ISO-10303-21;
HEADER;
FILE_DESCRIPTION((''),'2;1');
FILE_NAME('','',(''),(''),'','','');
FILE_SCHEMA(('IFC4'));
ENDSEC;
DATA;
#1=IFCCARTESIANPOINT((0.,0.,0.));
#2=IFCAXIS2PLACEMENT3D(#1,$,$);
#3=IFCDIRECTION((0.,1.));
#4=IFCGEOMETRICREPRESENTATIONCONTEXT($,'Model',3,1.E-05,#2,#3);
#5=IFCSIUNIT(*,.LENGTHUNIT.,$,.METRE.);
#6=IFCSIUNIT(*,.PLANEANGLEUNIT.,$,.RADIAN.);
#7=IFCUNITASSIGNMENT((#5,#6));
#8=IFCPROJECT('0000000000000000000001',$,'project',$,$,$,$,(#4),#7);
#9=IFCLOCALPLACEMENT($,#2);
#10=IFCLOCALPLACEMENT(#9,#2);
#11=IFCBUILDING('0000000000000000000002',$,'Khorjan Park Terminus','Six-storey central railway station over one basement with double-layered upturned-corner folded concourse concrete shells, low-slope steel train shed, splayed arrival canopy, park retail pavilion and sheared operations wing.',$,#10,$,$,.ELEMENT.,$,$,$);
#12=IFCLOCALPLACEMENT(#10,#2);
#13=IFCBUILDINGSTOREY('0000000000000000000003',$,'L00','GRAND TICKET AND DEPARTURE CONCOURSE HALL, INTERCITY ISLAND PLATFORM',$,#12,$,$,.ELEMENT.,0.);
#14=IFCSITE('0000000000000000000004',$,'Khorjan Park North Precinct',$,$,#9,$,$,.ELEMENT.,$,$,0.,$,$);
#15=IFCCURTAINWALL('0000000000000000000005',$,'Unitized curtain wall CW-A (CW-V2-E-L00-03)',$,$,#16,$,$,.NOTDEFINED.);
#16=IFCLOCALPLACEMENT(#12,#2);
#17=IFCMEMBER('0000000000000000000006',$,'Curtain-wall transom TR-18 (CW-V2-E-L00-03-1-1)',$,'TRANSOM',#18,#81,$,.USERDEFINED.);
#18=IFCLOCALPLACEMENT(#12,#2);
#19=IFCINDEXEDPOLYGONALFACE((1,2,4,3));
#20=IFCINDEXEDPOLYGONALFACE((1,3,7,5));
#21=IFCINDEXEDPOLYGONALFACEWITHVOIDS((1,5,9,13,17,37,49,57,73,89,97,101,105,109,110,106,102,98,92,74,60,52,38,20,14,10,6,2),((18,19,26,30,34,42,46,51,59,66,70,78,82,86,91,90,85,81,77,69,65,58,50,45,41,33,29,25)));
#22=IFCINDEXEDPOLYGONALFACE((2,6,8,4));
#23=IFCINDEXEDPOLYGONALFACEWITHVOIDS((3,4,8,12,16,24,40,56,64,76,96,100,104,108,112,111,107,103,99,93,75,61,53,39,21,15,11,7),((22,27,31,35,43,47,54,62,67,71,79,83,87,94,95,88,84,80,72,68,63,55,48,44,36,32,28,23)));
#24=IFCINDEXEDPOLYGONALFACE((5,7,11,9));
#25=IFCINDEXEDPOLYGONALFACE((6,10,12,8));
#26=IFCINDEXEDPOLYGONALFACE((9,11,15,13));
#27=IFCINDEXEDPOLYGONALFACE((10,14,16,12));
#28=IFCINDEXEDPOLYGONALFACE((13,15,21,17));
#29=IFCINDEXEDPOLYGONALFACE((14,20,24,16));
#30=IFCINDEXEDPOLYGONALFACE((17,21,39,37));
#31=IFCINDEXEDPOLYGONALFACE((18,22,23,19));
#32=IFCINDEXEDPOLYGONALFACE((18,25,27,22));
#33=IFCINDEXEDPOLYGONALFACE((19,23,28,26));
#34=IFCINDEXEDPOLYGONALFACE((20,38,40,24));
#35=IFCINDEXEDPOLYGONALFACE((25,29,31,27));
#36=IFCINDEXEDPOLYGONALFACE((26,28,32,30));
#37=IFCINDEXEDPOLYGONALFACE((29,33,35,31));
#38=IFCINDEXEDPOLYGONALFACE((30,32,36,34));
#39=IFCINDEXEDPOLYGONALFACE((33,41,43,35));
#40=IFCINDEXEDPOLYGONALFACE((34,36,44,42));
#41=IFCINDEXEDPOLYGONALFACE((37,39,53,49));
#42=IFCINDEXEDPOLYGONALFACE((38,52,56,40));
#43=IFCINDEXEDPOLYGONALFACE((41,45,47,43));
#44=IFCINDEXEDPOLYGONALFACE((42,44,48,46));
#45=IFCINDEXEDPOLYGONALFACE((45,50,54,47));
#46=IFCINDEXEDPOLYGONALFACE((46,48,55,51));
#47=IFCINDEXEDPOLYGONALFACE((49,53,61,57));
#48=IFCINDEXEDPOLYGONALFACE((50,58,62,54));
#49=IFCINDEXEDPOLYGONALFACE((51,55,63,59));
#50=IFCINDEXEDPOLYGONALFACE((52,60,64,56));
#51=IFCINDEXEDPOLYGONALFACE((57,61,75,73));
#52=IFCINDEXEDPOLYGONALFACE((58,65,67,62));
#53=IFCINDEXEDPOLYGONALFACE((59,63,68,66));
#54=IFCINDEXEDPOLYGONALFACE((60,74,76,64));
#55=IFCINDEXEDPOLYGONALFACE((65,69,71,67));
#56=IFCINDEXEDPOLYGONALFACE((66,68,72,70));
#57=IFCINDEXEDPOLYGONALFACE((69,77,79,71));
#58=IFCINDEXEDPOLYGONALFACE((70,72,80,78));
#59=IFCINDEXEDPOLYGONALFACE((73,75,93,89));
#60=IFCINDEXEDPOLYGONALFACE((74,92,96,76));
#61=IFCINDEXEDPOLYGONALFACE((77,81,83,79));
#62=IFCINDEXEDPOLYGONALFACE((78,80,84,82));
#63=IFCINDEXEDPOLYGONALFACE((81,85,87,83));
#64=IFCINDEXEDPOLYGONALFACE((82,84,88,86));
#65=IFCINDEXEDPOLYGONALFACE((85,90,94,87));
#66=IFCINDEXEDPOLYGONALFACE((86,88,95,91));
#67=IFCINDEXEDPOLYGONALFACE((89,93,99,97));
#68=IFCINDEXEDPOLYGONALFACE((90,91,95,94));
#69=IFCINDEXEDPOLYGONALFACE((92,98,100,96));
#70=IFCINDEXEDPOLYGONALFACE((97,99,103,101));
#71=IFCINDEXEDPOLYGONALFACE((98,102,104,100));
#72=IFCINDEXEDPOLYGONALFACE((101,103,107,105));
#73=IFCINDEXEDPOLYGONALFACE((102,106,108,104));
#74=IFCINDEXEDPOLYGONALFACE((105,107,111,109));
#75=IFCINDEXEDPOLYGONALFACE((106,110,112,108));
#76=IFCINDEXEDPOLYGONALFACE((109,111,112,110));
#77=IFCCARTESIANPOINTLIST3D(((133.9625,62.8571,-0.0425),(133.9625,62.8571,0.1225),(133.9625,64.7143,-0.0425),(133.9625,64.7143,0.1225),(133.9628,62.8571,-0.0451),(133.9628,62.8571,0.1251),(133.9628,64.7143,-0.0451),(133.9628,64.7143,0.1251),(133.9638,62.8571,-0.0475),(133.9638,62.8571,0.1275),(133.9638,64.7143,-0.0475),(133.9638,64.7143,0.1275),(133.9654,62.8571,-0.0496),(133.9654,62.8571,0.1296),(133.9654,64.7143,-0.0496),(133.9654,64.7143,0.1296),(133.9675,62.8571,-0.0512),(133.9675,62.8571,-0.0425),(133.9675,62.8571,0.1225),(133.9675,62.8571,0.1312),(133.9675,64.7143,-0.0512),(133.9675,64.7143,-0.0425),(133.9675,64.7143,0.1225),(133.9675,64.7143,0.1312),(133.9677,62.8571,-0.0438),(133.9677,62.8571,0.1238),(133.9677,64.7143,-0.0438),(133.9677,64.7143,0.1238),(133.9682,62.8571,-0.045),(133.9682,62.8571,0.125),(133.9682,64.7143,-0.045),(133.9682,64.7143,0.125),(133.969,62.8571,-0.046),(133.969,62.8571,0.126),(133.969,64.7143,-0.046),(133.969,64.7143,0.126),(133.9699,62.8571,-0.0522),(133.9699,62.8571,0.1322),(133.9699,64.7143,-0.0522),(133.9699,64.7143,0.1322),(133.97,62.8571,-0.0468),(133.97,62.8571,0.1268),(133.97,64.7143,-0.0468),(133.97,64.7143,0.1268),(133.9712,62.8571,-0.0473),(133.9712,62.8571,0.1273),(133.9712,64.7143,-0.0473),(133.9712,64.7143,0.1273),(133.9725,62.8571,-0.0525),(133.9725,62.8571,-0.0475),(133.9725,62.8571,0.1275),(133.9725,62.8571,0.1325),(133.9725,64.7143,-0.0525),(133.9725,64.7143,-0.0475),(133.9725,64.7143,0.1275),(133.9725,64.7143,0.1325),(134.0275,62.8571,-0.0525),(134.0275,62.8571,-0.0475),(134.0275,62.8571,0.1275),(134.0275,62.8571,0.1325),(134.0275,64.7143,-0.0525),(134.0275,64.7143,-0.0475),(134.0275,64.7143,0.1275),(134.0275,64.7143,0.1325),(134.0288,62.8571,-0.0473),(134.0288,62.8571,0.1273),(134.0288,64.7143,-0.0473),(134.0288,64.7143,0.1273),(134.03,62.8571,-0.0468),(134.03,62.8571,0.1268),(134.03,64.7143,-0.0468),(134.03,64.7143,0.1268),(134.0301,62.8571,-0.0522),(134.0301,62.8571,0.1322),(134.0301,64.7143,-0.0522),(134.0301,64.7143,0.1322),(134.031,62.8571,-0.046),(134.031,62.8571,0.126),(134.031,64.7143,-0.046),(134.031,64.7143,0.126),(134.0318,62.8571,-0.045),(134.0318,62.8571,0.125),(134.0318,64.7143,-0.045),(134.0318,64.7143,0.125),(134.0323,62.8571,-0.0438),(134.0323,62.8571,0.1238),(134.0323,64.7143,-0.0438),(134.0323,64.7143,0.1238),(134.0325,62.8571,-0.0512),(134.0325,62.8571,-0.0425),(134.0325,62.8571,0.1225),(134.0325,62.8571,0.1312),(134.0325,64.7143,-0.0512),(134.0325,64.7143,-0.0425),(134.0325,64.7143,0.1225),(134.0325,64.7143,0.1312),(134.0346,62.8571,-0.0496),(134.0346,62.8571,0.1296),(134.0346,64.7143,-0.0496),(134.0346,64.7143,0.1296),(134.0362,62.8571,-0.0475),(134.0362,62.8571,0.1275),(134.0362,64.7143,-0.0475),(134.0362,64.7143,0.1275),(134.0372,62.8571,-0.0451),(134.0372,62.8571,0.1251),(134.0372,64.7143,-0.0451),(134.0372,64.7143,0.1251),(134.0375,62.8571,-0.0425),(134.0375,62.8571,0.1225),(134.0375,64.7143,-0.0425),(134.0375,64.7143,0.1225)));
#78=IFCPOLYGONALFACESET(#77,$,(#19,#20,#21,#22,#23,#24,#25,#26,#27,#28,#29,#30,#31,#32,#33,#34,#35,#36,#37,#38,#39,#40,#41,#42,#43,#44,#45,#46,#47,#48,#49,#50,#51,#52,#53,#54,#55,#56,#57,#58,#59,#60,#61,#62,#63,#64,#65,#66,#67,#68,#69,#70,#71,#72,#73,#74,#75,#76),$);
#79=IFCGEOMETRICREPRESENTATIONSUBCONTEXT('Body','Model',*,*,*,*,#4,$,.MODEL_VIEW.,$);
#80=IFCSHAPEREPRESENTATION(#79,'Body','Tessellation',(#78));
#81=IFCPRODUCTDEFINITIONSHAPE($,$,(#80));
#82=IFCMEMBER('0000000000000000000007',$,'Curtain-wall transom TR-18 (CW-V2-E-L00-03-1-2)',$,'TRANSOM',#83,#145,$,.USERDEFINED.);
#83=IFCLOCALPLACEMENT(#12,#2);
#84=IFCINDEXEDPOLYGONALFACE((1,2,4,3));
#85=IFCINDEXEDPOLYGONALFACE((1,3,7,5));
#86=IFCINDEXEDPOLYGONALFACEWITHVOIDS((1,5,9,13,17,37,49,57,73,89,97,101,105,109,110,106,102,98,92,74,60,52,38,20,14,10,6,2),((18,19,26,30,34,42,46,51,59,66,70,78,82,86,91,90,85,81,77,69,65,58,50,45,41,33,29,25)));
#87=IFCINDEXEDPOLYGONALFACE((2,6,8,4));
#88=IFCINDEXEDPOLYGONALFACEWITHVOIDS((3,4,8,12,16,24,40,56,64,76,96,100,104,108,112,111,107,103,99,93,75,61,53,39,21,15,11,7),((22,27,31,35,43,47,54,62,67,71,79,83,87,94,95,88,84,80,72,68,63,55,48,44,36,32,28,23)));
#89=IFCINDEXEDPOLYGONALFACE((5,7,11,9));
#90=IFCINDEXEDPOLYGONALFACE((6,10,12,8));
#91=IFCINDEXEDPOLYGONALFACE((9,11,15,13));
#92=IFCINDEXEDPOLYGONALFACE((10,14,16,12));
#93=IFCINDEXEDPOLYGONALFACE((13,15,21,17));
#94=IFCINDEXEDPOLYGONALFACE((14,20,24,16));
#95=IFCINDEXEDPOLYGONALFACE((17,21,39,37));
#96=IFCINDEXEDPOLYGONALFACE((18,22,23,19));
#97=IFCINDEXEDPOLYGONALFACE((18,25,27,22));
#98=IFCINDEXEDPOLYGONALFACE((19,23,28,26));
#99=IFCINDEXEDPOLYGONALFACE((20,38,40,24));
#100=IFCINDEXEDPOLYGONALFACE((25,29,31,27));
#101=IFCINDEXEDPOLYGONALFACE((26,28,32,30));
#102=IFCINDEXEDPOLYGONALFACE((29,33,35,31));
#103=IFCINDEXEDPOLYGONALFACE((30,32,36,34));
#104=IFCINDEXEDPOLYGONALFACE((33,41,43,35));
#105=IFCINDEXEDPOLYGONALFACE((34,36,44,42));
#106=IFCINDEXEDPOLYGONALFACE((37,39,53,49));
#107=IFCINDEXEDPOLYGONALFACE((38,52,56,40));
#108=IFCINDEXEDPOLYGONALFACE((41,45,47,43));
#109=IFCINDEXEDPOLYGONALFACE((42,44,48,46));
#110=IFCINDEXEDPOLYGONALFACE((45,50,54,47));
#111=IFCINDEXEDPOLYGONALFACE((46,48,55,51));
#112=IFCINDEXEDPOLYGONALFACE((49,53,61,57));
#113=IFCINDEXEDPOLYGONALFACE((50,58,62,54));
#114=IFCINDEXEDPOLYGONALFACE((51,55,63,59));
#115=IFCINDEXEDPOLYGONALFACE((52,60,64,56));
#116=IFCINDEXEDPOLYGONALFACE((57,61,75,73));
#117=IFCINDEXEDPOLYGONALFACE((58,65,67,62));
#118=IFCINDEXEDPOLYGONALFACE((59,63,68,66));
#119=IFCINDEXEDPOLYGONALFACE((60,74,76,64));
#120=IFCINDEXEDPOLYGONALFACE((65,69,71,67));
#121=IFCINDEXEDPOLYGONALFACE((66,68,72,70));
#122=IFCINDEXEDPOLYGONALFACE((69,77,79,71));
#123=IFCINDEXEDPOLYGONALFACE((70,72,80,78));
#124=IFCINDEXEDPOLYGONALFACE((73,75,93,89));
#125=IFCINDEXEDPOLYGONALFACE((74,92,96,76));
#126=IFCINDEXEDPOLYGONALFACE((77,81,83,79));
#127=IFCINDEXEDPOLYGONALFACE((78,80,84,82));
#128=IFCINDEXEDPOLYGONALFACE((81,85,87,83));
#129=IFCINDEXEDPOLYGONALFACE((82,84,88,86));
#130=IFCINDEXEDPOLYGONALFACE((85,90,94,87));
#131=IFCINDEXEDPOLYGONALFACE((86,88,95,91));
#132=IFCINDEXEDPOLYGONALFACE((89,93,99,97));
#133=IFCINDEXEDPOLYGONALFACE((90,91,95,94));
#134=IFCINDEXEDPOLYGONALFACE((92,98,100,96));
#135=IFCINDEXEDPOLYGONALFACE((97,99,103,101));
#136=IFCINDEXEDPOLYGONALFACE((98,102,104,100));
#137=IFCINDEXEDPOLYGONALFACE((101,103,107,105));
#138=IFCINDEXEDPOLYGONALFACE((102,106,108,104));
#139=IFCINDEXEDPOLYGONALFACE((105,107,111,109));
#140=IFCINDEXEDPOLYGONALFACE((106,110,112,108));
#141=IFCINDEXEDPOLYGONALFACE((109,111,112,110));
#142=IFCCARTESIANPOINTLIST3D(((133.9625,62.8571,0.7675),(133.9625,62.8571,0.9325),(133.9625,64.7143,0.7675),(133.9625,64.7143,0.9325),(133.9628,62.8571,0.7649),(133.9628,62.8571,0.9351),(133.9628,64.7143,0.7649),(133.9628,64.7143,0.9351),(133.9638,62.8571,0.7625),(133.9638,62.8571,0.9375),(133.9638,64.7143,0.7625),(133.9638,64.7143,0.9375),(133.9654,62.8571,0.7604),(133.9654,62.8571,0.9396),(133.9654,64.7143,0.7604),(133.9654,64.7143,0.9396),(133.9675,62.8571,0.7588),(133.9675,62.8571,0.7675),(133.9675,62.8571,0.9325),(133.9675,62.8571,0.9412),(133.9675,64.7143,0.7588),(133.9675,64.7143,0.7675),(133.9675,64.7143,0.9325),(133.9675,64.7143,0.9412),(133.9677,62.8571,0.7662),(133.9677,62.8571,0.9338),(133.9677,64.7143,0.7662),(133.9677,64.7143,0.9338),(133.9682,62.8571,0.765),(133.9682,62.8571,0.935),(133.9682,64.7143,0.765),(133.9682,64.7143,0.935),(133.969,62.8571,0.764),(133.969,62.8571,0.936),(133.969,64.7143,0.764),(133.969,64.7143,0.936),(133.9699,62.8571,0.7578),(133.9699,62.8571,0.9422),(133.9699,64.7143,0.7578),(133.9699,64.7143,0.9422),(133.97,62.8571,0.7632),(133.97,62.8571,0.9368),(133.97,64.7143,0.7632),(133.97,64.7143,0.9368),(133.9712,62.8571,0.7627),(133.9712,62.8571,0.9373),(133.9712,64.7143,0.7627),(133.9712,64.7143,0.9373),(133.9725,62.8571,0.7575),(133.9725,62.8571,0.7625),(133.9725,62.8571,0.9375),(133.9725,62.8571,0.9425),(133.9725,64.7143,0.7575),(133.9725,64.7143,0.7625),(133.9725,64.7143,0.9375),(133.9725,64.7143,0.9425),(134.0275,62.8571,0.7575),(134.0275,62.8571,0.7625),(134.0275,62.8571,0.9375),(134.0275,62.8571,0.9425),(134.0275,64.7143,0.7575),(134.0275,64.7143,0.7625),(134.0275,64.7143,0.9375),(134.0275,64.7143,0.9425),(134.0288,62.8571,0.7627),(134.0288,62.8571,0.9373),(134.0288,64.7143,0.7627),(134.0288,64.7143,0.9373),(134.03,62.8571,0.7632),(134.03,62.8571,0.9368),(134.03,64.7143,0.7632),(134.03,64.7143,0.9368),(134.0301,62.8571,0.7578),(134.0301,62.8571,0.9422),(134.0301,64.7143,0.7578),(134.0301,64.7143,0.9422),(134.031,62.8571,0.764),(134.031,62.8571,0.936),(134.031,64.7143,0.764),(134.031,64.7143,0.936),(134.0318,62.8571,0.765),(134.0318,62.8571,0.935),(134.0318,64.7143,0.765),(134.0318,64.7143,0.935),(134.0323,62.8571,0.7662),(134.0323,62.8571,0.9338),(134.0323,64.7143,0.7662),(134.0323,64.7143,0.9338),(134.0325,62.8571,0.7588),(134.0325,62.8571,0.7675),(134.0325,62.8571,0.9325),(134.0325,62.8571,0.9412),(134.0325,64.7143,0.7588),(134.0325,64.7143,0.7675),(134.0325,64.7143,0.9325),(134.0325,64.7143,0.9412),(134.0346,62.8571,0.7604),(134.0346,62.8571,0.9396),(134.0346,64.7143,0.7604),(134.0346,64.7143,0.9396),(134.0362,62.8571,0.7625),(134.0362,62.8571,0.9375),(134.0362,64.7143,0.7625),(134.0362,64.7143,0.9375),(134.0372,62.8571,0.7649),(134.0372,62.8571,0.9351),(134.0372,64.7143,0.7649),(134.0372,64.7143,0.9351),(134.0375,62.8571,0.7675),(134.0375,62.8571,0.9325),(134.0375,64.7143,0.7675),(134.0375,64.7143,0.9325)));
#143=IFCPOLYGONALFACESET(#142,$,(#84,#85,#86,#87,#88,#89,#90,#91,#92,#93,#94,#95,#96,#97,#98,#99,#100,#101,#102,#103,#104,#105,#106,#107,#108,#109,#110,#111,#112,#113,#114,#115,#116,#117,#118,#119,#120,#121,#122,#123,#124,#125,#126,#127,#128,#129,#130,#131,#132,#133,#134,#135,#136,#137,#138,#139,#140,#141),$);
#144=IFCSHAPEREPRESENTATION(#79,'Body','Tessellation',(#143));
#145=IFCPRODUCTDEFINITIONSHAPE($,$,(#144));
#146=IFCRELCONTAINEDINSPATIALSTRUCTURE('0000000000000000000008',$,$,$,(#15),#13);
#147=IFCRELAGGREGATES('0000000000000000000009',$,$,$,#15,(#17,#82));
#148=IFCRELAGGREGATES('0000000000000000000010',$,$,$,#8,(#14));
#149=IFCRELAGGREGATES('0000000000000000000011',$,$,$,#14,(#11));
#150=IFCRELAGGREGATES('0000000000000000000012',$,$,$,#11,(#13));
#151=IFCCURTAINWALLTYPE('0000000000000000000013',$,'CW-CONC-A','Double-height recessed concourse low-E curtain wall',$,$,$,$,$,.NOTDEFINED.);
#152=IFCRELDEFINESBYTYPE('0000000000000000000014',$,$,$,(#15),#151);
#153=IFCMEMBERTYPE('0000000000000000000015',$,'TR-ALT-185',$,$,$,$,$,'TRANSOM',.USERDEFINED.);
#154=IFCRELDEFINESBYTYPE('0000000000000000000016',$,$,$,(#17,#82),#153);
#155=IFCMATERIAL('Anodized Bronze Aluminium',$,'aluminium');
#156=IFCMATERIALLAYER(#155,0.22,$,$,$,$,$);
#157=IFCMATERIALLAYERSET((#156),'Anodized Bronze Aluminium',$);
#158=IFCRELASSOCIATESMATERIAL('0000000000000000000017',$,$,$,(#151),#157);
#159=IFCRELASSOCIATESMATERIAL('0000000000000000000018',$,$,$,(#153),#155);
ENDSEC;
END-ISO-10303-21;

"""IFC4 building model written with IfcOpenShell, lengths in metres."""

from ifc_helpers import new_model, si_unit, direction, frame, origin, origin_2d, place, context, subcontext, project, spatial, hollow_rectangle, extrude, material, layer, layer_set, material_profile, profile_set, type_object, element, aggregate, save


model = new_model("IFC4")

# Units and contexts
model_context = context("Model", 3, precision=1e-05, world=origin(), true_north=direction((0.0, 1.0)))
body_context = subcontext(model_context, "Body", "Model", "MODEL_VIEW")
ifc_project = project(units=[si_unit("LENGTHUNIT", "METRE"), si_unit("PLANEANGLEUNIT", "RADIAN")], contexts=[model_context])

# Site, building, storey
site_placement = place(None, origin())
site = spatial("IfcSite", under=ifc_project, at=site_placement, Name="Khorjan Park North Precinct", CompositionType="ELEMENT", RefElevation=0.0)
building_placement = place(site_placement, origin())
building = spatial("IfcBuilding", under=site, at=building_placement, Name="Khorjan Park Terminus", Description="Six-storey central railway station over one basement with double-layered upturned-corner folded concourse concrete shells, low-slope steel train shed, splayed arrival canopy, park retail pavilion and sheared operations wing.", CompositionType="ELEMENT")
storey_placement = place(building_placement, origin())
storey = spatial("IfcBuildingStorey", under=building, at=storey_placement, Name="L00", Description="GRAND TICKET AND DEPARTURE CONCOURSE HALL, INTERCITY ISLAND PLATFORM", CompositionType="ELEMENT", Elevation=0.0)

# Curtain wall, members
ifc_material_1 = material(Name="Anodized Bronze Aluminium", Category="aluminium")
ifc_layer_1 = layer(ifc_material_1, 0.22)
ifc_layer_set_1 = layer_set([ifc_layer_1], Name="Anodized Bronze Aluminium")
curtain_wall_type = type_object("IfcCurtainWallType", Name="CW-CONC-A", Description="Double-height recessed concourse low-E curtain wall", PredefinedType="NOTDEFINED", material=ifc_layer_set_1)
curtain_wall_placement = place(storey_placement, origin())
curtain_wall = element("IfcCurtainWall", 1, at=curtain_wall_placement, inside=storey, type_object=curtain_wall_type, Name="Unitized curtain wall CW-A (CW-V2-E-L00-03)", PredefinedType="NOTDEFINED")
ifc_material_profile_1 = material_profile(ifc_material_1, hollow_rectangle(XDim=0.075, YDim=0.185, WallThickness=0.005, InnerFilletRadius=0.005, OuterFilletRadius=0.01, at=origin_2d()), Name="ALT 75x185x5")
ifc_profile_set_1 = profile_set([ifc_material_profile_1], Name="Anodized Bronze Aluminium")
member_type_1 = type_object("IfcMemberType", Name="TR-ALT-185", ElementType="TRANSOM", PredefinedType="USERDEFINED", material=ifc_profile_set_1)
member_1_placement = place(storey_placement, frame((134.0, 62.8571, 0.04), z_axis=(0.0, 1.0, 0.0), x_axis=(-1.0, 0.0, 0.0)))
member_1 = element("IfcMember", 2, at=member_1_placement, type_object=member_type_1, Name="Curtain-wall transom TR-18 (CW-V2-E-L00-03-1-1)", ObjectType="TRANSOM", PredefinedType="USERDEFINED", context=body_context, shape_type="SweptSolid", body=[
    extrude(hollow_rectangle(XDim=0.075, YDim=0.185, WallThickness=0.005, InnerFilletRadius=0.005, OuterFilletRadius=0.01, at=origin_2d()), origin(), (0.0, 0.0, 1.0), 1.8572),
])
member_2_placement = place(storey_placement, frame((134.0, 62.8571, 0.85), z_axis=(0.0, 1.0, 0.0), x_axis=(-1.0, 0.0, 0.0)))
member_2 = element("IfcMember", 3, at=member_2_placement, type_object=member_type_1, Name="Curtain-wall transom TR-18 (CW-V2-E-L00-03-1-2)", ObjectType="TRANSOM", PredefinedType="USERDEFINED", context=body_context, shape_type="SweptSolid", body=[
    extrude(hollow_rectangle(XDim=0.075, YDim=0.185, WallThickness=0.005, InnerFilletRadius=0.005, OuterFilletRadius=0.01, at=origin_2d()), origin(), (0.0, 0.0, 1.0), 1.8572),
])
aggregate(curtain_wall, [member_1, member_2])

save(model, "model.ifc")
